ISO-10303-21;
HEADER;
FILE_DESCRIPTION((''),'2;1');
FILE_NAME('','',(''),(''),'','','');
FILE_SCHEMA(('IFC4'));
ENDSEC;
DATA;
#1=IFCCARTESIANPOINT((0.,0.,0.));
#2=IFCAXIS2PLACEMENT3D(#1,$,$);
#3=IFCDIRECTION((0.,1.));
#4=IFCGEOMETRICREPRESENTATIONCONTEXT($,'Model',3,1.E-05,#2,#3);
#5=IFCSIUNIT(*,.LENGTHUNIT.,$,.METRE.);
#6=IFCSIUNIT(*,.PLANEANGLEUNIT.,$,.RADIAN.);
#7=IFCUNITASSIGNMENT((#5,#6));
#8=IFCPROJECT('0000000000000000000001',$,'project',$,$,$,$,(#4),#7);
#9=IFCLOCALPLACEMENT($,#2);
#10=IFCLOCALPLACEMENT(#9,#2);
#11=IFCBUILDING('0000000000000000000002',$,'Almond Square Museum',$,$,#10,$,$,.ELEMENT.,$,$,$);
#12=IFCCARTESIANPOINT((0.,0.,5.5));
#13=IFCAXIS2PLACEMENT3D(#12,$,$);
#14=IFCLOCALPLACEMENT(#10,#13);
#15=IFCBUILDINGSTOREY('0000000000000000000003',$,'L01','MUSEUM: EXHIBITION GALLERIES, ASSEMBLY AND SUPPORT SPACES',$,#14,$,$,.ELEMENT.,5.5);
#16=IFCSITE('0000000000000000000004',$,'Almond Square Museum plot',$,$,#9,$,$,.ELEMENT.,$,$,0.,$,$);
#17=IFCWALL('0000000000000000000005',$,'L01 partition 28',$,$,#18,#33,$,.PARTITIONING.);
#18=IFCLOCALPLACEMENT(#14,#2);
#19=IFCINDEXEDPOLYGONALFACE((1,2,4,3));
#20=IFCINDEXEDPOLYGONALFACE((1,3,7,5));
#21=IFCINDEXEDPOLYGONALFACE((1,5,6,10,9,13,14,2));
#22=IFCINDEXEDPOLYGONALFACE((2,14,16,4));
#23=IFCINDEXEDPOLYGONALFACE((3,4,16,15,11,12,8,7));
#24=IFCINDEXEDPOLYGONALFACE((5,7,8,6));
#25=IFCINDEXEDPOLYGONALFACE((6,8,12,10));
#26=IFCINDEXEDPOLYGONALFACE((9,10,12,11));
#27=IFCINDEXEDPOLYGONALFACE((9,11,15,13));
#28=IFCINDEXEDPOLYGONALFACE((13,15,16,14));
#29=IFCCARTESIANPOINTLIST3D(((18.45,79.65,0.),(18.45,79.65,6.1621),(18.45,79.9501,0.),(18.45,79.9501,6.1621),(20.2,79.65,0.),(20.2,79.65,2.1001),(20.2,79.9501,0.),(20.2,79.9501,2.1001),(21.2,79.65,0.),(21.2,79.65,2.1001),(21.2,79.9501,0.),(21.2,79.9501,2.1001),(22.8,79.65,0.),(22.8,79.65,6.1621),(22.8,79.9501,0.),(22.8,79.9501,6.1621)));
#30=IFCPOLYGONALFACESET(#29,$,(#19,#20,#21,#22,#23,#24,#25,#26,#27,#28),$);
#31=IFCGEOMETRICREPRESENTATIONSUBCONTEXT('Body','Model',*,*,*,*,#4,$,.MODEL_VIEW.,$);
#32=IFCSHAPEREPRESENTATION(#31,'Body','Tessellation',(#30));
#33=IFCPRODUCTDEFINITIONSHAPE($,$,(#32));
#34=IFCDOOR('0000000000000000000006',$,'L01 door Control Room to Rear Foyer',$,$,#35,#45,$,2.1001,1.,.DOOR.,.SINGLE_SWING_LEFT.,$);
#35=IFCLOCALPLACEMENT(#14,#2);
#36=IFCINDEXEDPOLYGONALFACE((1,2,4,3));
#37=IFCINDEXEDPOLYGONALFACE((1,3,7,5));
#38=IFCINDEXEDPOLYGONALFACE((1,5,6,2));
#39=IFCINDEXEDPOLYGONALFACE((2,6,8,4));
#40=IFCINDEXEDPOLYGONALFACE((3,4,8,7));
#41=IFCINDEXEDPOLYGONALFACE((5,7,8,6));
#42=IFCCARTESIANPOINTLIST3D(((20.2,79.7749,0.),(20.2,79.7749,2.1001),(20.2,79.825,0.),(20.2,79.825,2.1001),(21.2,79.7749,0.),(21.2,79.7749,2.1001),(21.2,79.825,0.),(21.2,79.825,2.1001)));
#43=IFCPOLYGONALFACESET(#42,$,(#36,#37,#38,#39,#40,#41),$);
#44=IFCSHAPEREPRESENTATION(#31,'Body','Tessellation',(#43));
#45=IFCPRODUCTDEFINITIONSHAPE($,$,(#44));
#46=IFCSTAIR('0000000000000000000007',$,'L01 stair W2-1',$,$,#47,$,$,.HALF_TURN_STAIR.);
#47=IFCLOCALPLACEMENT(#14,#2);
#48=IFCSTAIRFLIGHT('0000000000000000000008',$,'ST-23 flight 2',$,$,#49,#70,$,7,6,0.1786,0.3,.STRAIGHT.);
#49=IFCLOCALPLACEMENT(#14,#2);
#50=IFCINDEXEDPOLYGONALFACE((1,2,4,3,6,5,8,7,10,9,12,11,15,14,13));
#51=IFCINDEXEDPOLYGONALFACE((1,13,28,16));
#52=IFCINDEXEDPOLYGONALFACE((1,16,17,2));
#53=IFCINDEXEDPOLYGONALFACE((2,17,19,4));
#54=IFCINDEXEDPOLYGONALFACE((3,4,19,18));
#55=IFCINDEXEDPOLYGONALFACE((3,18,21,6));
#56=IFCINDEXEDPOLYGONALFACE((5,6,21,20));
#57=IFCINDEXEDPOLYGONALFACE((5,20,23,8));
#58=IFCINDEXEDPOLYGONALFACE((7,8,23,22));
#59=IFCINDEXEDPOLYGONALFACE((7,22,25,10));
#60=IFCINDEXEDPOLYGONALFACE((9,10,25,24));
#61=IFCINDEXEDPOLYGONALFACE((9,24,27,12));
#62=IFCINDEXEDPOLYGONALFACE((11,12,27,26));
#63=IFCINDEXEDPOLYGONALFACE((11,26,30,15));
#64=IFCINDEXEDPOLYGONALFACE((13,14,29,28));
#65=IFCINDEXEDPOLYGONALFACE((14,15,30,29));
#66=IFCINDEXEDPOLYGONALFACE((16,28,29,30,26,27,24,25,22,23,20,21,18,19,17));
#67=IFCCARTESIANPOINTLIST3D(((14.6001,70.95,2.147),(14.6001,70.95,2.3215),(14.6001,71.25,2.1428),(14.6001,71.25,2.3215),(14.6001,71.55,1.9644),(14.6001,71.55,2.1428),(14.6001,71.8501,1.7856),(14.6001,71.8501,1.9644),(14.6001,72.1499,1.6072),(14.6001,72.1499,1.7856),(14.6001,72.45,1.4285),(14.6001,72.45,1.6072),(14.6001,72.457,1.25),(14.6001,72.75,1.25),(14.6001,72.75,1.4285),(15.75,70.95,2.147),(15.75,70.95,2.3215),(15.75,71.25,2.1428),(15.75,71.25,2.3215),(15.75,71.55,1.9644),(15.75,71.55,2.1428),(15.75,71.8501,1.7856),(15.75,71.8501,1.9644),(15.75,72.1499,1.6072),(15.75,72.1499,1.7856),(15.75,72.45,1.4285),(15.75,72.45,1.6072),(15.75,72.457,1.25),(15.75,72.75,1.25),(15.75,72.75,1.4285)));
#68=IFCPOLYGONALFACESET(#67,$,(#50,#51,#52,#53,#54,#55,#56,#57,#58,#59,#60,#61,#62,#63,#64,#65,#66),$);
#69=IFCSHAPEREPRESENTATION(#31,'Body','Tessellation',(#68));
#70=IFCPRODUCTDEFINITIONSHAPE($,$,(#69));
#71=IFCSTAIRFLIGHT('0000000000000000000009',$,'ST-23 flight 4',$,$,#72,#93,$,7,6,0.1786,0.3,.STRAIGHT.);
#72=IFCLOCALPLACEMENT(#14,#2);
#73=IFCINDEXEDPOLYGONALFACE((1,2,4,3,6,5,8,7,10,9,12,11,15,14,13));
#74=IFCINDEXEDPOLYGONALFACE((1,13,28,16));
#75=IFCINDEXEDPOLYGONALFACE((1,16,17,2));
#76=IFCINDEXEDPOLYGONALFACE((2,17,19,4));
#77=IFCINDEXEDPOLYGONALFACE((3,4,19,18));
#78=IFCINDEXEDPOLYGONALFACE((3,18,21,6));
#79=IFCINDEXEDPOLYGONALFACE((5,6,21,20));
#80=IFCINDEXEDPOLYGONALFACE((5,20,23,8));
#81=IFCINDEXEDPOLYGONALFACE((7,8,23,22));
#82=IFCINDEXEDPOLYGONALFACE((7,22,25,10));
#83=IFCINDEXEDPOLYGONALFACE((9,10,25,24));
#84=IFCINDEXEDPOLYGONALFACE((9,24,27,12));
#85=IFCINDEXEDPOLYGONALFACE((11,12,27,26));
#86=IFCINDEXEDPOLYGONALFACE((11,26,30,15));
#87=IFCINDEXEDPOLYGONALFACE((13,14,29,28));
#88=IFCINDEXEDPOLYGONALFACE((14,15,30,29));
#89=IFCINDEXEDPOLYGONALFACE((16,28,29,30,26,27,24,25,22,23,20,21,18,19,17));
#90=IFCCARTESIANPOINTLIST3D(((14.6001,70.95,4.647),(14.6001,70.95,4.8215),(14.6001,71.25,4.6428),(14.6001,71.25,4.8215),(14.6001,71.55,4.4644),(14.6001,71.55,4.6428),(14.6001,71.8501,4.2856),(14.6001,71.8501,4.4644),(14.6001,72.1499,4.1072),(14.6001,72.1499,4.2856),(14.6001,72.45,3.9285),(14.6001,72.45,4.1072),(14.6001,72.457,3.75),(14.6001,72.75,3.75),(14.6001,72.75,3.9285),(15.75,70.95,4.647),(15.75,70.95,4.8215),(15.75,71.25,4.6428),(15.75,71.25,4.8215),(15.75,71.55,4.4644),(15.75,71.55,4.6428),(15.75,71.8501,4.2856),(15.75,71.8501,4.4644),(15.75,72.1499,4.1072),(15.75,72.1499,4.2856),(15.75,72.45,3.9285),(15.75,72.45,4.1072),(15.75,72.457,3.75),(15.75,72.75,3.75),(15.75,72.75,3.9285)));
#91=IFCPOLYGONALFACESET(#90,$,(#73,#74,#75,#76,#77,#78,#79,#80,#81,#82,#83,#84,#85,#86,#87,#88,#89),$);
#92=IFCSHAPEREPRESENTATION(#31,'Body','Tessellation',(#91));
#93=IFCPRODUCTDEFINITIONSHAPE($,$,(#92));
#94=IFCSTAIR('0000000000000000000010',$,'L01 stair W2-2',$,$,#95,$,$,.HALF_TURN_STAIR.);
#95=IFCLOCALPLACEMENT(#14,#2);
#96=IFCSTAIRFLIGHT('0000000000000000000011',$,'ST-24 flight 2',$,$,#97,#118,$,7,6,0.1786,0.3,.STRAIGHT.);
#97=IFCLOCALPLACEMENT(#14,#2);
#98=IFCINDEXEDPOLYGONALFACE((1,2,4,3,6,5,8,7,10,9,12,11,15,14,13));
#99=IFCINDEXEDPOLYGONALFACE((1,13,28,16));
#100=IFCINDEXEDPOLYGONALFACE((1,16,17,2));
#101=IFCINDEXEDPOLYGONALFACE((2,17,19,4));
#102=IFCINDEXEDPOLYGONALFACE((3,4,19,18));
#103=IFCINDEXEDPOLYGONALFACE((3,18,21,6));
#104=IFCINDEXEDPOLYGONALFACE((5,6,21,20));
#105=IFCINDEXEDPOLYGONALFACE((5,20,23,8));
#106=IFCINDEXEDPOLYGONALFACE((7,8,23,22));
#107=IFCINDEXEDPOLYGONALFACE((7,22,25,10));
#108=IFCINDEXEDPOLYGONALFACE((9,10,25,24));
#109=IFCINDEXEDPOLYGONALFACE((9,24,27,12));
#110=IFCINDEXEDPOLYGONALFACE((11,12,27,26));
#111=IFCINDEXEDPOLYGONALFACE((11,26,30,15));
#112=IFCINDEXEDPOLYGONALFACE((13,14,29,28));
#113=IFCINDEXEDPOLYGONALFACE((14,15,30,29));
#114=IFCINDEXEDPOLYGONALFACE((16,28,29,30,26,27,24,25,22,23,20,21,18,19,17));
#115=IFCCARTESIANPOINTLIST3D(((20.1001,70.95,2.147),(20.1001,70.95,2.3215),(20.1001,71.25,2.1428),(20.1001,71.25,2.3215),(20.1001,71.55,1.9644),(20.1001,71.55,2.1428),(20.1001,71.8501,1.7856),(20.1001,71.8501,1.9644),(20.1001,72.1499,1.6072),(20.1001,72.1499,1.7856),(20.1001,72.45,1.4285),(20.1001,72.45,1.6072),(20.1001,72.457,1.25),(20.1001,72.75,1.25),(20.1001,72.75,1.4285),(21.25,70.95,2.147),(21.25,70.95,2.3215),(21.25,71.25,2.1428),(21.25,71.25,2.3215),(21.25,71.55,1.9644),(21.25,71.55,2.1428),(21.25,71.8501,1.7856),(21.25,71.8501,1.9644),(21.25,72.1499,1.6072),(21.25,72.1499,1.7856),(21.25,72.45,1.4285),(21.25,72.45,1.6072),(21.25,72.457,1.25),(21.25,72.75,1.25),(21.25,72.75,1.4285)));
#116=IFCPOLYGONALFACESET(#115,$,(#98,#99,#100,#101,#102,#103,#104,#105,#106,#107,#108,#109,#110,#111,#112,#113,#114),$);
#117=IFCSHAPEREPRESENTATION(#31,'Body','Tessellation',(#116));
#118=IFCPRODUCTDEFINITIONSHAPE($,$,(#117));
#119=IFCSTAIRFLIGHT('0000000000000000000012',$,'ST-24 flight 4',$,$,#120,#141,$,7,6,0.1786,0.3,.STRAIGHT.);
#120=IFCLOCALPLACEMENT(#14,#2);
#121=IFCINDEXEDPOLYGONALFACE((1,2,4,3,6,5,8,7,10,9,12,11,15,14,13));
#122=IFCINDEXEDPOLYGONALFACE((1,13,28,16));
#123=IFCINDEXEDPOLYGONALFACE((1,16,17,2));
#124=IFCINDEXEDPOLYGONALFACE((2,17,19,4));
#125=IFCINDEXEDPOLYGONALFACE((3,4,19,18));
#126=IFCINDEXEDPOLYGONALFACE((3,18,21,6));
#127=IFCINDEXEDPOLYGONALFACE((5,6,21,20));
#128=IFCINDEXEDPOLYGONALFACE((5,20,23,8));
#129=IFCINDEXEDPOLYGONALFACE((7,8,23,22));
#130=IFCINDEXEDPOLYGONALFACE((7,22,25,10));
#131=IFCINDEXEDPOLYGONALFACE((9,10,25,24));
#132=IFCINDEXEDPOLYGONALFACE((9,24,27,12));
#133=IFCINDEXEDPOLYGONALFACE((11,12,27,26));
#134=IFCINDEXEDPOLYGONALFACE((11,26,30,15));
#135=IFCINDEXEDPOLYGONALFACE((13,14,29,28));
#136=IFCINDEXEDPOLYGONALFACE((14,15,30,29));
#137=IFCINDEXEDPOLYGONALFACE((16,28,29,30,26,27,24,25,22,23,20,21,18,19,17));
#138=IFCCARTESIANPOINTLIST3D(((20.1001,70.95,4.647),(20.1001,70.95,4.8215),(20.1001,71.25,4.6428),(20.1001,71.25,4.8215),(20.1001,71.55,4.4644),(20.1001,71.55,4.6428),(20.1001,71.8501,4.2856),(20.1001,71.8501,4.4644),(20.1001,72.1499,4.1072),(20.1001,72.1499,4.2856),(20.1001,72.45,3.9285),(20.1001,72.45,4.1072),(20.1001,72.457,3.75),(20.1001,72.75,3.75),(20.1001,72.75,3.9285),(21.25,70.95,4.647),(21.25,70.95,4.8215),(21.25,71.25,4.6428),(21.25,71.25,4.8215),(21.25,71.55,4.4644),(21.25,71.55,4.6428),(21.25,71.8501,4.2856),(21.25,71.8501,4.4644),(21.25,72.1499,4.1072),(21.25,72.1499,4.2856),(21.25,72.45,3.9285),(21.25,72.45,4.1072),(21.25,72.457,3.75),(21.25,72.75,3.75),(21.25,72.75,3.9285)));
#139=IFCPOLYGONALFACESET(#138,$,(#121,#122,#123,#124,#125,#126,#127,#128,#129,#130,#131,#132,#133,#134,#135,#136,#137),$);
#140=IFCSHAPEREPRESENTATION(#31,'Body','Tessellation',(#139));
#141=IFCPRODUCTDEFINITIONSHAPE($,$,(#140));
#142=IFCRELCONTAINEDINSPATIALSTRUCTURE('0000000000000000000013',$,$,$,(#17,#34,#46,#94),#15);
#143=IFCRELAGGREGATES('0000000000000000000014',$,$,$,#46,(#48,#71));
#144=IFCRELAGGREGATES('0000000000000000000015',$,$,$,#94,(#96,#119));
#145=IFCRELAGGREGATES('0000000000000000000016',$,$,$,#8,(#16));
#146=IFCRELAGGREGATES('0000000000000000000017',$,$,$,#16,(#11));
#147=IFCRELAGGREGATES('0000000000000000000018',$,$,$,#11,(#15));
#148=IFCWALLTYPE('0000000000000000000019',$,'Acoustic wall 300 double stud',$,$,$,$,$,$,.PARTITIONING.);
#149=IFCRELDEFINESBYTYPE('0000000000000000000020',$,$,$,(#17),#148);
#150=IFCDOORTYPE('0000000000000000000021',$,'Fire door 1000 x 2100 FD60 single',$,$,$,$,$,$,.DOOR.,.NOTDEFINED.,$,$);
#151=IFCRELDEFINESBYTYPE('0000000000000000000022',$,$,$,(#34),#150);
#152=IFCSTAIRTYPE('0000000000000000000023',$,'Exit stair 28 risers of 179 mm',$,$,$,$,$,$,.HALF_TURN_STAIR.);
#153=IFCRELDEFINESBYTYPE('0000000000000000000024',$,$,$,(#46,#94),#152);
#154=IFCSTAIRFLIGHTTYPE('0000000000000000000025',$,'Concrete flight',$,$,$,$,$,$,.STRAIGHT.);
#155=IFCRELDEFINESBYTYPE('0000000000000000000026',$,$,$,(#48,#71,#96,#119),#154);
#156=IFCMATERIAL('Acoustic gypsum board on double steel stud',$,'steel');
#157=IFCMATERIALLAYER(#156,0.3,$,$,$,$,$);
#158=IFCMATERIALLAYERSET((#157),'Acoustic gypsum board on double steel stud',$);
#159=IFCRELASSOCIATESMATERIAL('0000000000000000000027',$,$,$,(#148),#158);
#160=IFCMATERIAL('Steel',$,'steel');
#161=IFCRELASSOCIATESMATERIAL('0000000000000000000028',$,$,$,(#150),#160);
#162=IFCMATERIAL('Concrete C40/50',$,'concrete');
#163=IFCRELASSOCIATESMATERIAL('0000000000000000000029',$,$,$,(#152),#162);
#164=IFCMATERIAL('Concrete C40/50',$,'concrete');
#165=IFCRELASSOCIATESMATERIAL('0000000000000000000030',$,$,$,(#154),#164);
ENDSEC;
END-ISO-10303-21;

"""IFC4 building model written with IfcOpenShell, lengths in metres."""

from ifc_helpers import new_model, si_unit, direction, frame, frame_2d, origin, place, context, subcontext, project, spatial, polyline, rectangle, outline, extrude, material, layer, layer_set, type_object, element, fill, aggregate, save


model = new_model("IFC4")

# Units and contexts
model_context = context("Model", 3, precision=1e-05, world=origin(), true_north=direction((0.0, 1.0)))
body_context = subcontext(model_context, "Body", "Model", "MODEL_VIEW")
ifc_project = project(units=[si_unit("LENGTHUNIT", "METRE"), si_unit("PLANEANGLEUNIT", "RADIAN")], contexts=[model_context])

# Site, building, storey
site_placement = place(None, origin())
site = spatial("IfcSite", under=ifc_project, at=site_placement, Name="Almond Square Museum plot", CompositionType="ELEMENT", RefElevation=0.0)
building_placement = place(site_placement, origin())
building = spatial("IfcBuilding", under=site, at=building_placement, Name="Almond Square Museum", CompositionType="ELEMENT")
storey_placement = place(building_placement, frame((0.0, 0.0, 5.5)))
storey = spatial("IfcBuildingStorey", under=building, at=storey_placement, Name="L01", Description="MUSEUM: EXHIBITION GALLERIES, ASSEMBLY AND SUPPORT SPACES", CompositionType="ELEMENT", Elevation=5.5)

# Shared definitions
ifc_material_1 = material(Name="Acoustic gypsum board on double steel stud", Category="steel")
ifc_layer_1 = layer(ifc_material_1, 0.3)
ifc_layer_set_1 = layer_set([ifc_layer_1], Name="Acoustic gypsum board on double steel stud")
wall_type = type_object("IfcWallType", Name="Acoustic wall 300 double stud", PredefinedType="PARTITIONING", material=ifc_layer_set_1)

# Wall, opening, door
wall_1_placement = place(storey_placement, frame((18.45, 79.8, 0.0), z_axis=(0.0, 0.0, 1.0), x_axis=(1.0, 0.0, 0.0)))
wall_1 = element("IfcWall", 1, at=wall_1_placement, inside=storey, type_object=wall_type, Name="L01 partition 28", PredefinedType="PARTITIONING", context=body_context, shape_type="SweptSolid", body=[
    extrude(rectangle(XDim=4.3501, YDim=0.3, at=frame_2d((2.175, 0.0))), origin(), (0.0, 0.0, 1.0), 6.1621),
])
opening_placement = place(wall_1_placement, frame((1.75, 0.0, 0.0)))
opening = element("IfcOpeningElement", 2, at=opening_placement, cuts=wall_1, PredefinedType="OPENING", context=body_context, shape_type="SweptSolid", body=[
    extrude(rectangle(XDim=1.0, YDim=2.1001, at=frame_2d((0.5, 1.05))), frame((0.0, 0.1599, 0.0), z_axis=(0.0, -1.0, 0.0), x_axis=(1.0, 0.0, 0.0)), (0.0, 0.0, 1.0), 0.3201),
])
ifc_material_2 = material(Name="Steel", Category="steel")
door_type = type_object("IfcDoorType", Name="Fire door 1000 x 2100 FD60 single", OperationType="NOTDEFINED", PredefinedType="DOOR", material=ifc_material_2)
door_placement = place(opening_placement, origin())
door = element("IfcDoor", 3, at=door_placement, inside=storey, type_object=door_type, Name="L01 door Control Room to Rear Foyer", OperationType="SINGLE_SWING_LEFT", OverallHeight=2.1001, OverallWidth=1.0, PredefinedType="DOOR", context=body_context, shape_type="SweptSolid", body=[
    extrude(rectangle(XDim=1.0, YDim=2.1001, at=frame_2d((0.5, 1.05))), frame((0.0, 0.0249, 0.0), z_axis=(0.0, -1.0, 0.0), x_axis=(1.0, 0.0, 0.0)), (0.0, 0.0, 1.0), 0.05),
])
fill(opening, door)

# Stairs, stair flights
ifc_material_3 = material(Name="Concrete C40/50", Category="concrete")
stair_type = type_object("IfcStairType", Name="Exit stair 28 risers of 179 mm", PredefinedType="HALF_TURN_STAIR", material=ifc_material_3)
stair_1_placement = place(storey_placement, origin())
stair_1 = element("IfcStair", 4, at=stair_1_placement, inside=storey, type_object=stair_type, Name="L01 stair W2-1", PredefinedType="HALF_TURN_STAIR")
ifc_material_4 = material(Name="Concrete C40/50", Category="concrete")
stair_flight_type = type_object("IfcStairFlightType", Name="Concrete flight", PredefinedType="STRAIGHT", material=ifc_material_4)
stair_flight_1_placement = place(storey_placement, frame((15.175, 72.75, 1.25), z_axis=(0.0, 0.0, 1.0), x_axis=(0.0, -1.0, 0.0)))
stair_flight_1 = element("IfcStairFlight", 5, at=stair_flight_1_placement, type_object=stair_flight_type, Name="ST-23 flight 2", NumberOfRisers=7, NumberOfTreads=6, PredefinedType="STRAIGHT", RiserHeight=0.1786, TreadLength=0.3, context=body_context, shape_type="SweptSolid", body=[
    extrude(outline(polyline([(0.0, 0.0), (0.0, 0.1785), (0.3, 0.1785), (0.3, 0.3572), (0.6001, 0.3572), (0.6001, 0.5356), (0.8999, 0.5356), (0.8999, 0.7144), (1.2, 0.7144), (1.2, 0.8928), (1.5, 0.8928), (1.5, 1.0715), (1.8, 1.0715), (1.8, 1.25), (1.8, 0.897), (0.293, 0.0), (0.0, 0.0)])), frame((0.0, 0.575, 0.0), z_axis=(0.0, -1.0, 0.0), x_axis=(1.0, 0.0, 0.0)), (0.0, 0.0, 1.0), 1.1499),
])
stair_flight_2_placement = place(storey_placement, frame((15.175, 72.75, 3.75), z_axis=(0.0, 0.0, 1.0), x_axis=(0.0, -1.0, 0.0)))
stair_flight_2 = element("IfcStairFlight", 6, at=stair_flight_2_placement, type_object=stair_flight_type, Name="ST-23 flight 4", NumberOfRisers=7, NumberOfTreads=6, PredefinedType="STRAIGHT", RiserHeight=0.1786, TreadLength=0.3, context=body_context, shape_type="SweptSolid", body=[
    extrude(outline(polyline([(0.0, 0.0), (0.0, 0.1785), (0.3, 0.1785), (0.3, 0.3572), (0.6001, 0.3572), (0.6001, 0.5356), (0.8999, 0.5356), (0.8999, 0.7144), (1.2, 0.7144), (1.2, 0.8928), (1.5, 0.8928), (1.5, 1.0715), (1.8, 1.0715), (1.8, 1.25), (1.8, 0.897), (0.293, 0.0), (0.0, 0.0)])), frame((0.0, 0.575, 0.0), z_axis=(0.0, -1.0, 0.0), x_axis=(1.0, 0.0, 0.0)), (0.0, 0.0, 1.0), 1.1499),
])
aggregate(stair_1, [stair_flight_1, stair_flight_2])
stair_2_placement = place(storey_placement, origin())
stair_2 = element("IfcStair", 7, at=stair_2_placement, inside=storey, type_object=stair_type, Name="L01 stair W2-2", PredefinedType="HALF_TURN_STAIR")
stair_flight_3_placement = place(storey_placement, frame((20.675, 72.75, 1.25), z_axis=(0.0, 0.0, 1.0), x_axis=(0.0, -1.0, 0.0)))
stair_flight_3 = element("IfcStairFlight", 8, at=stair_flight_3_placement, type_object=stair_flight_type, Name="ST-24 flight 2", NumberOfRisers=7, NumberOfTreads=6, PredefinedType="STRAIGHT", RiserHeight=0.1786, TreadLength=0.3, context=body_context, shape_type="SweptSolid", body=[
    extrude(outline(polyline([(0.0, 0.0), (0.0, 0.1785), (0.3, 0.1785), (0.3, 0.3572), (0.6001, 0.3572), (0.6001, 0.5356), (0.8999, 0.5356), (0.8999, 0.7144), (1.2, 0.7144), (1.2, 0.8928), (1.5, 0.8928), (1.5, 1.0715), (1.8, 1.0715), (1.8, 1.25), (1.8, 0.897), (0.293, 0.0), (0.0, 0.0)])), frame((0.0, 0.575, 0.0), z_axis=(0.0, -1.0, 0.0), x_axis=(1.0, 0.0, 0.0)), (0.0, 0.0, 1.0), 1.1499),
])
stair_flight_4_placement = place(storey_placement, frame((20.675, 72.75, 3.75), z_axis=(0.0, 0.0, 1.0), x_axis=(0.0, -1.0, 0.0)))
stair_flight_4 = element("IfcStairFlight", 9, at=stair_flight_4_placement, type_object=stair_flight_type, Name="ST-24 flight 4", NumberOfRisers=7, NumberOfTreads=6, PredefinedType="STRAIGHT", RiserHeight=0.1786, TreadLength=0.3, context=body_context, shape_type="SweptSolid", body=[
    extrude(outline(polyline([(0.0, 0.0), (0.0, 0.1785), (0.3, 0.1785), (0.3, 0.3572), (0.6001, 0.3572), (0.6001, 0.5356), (0.8999, 0.5356), (0.8999, 0.7144), (1.2, 0.7144), (1.2, 0.8928), (1.5, 0.8928), (1.5, 1.0715), (1.8, 1.0715), (1.8, 1.25), (1.8, 0.897), (0.293, 0.0), (0.0, 0.0)])), frame((0.0, 0.575, 0.0), z_axis=(0.0, -1.0, 0.0), x_axis=(1.0, 0.0, 0.0)), (0.0, 0.0, 1.0), 1.1499),
])
aggregate(stair_2, [stair_flight_3, stair_flight_4])

save(model, "model.ifc")
